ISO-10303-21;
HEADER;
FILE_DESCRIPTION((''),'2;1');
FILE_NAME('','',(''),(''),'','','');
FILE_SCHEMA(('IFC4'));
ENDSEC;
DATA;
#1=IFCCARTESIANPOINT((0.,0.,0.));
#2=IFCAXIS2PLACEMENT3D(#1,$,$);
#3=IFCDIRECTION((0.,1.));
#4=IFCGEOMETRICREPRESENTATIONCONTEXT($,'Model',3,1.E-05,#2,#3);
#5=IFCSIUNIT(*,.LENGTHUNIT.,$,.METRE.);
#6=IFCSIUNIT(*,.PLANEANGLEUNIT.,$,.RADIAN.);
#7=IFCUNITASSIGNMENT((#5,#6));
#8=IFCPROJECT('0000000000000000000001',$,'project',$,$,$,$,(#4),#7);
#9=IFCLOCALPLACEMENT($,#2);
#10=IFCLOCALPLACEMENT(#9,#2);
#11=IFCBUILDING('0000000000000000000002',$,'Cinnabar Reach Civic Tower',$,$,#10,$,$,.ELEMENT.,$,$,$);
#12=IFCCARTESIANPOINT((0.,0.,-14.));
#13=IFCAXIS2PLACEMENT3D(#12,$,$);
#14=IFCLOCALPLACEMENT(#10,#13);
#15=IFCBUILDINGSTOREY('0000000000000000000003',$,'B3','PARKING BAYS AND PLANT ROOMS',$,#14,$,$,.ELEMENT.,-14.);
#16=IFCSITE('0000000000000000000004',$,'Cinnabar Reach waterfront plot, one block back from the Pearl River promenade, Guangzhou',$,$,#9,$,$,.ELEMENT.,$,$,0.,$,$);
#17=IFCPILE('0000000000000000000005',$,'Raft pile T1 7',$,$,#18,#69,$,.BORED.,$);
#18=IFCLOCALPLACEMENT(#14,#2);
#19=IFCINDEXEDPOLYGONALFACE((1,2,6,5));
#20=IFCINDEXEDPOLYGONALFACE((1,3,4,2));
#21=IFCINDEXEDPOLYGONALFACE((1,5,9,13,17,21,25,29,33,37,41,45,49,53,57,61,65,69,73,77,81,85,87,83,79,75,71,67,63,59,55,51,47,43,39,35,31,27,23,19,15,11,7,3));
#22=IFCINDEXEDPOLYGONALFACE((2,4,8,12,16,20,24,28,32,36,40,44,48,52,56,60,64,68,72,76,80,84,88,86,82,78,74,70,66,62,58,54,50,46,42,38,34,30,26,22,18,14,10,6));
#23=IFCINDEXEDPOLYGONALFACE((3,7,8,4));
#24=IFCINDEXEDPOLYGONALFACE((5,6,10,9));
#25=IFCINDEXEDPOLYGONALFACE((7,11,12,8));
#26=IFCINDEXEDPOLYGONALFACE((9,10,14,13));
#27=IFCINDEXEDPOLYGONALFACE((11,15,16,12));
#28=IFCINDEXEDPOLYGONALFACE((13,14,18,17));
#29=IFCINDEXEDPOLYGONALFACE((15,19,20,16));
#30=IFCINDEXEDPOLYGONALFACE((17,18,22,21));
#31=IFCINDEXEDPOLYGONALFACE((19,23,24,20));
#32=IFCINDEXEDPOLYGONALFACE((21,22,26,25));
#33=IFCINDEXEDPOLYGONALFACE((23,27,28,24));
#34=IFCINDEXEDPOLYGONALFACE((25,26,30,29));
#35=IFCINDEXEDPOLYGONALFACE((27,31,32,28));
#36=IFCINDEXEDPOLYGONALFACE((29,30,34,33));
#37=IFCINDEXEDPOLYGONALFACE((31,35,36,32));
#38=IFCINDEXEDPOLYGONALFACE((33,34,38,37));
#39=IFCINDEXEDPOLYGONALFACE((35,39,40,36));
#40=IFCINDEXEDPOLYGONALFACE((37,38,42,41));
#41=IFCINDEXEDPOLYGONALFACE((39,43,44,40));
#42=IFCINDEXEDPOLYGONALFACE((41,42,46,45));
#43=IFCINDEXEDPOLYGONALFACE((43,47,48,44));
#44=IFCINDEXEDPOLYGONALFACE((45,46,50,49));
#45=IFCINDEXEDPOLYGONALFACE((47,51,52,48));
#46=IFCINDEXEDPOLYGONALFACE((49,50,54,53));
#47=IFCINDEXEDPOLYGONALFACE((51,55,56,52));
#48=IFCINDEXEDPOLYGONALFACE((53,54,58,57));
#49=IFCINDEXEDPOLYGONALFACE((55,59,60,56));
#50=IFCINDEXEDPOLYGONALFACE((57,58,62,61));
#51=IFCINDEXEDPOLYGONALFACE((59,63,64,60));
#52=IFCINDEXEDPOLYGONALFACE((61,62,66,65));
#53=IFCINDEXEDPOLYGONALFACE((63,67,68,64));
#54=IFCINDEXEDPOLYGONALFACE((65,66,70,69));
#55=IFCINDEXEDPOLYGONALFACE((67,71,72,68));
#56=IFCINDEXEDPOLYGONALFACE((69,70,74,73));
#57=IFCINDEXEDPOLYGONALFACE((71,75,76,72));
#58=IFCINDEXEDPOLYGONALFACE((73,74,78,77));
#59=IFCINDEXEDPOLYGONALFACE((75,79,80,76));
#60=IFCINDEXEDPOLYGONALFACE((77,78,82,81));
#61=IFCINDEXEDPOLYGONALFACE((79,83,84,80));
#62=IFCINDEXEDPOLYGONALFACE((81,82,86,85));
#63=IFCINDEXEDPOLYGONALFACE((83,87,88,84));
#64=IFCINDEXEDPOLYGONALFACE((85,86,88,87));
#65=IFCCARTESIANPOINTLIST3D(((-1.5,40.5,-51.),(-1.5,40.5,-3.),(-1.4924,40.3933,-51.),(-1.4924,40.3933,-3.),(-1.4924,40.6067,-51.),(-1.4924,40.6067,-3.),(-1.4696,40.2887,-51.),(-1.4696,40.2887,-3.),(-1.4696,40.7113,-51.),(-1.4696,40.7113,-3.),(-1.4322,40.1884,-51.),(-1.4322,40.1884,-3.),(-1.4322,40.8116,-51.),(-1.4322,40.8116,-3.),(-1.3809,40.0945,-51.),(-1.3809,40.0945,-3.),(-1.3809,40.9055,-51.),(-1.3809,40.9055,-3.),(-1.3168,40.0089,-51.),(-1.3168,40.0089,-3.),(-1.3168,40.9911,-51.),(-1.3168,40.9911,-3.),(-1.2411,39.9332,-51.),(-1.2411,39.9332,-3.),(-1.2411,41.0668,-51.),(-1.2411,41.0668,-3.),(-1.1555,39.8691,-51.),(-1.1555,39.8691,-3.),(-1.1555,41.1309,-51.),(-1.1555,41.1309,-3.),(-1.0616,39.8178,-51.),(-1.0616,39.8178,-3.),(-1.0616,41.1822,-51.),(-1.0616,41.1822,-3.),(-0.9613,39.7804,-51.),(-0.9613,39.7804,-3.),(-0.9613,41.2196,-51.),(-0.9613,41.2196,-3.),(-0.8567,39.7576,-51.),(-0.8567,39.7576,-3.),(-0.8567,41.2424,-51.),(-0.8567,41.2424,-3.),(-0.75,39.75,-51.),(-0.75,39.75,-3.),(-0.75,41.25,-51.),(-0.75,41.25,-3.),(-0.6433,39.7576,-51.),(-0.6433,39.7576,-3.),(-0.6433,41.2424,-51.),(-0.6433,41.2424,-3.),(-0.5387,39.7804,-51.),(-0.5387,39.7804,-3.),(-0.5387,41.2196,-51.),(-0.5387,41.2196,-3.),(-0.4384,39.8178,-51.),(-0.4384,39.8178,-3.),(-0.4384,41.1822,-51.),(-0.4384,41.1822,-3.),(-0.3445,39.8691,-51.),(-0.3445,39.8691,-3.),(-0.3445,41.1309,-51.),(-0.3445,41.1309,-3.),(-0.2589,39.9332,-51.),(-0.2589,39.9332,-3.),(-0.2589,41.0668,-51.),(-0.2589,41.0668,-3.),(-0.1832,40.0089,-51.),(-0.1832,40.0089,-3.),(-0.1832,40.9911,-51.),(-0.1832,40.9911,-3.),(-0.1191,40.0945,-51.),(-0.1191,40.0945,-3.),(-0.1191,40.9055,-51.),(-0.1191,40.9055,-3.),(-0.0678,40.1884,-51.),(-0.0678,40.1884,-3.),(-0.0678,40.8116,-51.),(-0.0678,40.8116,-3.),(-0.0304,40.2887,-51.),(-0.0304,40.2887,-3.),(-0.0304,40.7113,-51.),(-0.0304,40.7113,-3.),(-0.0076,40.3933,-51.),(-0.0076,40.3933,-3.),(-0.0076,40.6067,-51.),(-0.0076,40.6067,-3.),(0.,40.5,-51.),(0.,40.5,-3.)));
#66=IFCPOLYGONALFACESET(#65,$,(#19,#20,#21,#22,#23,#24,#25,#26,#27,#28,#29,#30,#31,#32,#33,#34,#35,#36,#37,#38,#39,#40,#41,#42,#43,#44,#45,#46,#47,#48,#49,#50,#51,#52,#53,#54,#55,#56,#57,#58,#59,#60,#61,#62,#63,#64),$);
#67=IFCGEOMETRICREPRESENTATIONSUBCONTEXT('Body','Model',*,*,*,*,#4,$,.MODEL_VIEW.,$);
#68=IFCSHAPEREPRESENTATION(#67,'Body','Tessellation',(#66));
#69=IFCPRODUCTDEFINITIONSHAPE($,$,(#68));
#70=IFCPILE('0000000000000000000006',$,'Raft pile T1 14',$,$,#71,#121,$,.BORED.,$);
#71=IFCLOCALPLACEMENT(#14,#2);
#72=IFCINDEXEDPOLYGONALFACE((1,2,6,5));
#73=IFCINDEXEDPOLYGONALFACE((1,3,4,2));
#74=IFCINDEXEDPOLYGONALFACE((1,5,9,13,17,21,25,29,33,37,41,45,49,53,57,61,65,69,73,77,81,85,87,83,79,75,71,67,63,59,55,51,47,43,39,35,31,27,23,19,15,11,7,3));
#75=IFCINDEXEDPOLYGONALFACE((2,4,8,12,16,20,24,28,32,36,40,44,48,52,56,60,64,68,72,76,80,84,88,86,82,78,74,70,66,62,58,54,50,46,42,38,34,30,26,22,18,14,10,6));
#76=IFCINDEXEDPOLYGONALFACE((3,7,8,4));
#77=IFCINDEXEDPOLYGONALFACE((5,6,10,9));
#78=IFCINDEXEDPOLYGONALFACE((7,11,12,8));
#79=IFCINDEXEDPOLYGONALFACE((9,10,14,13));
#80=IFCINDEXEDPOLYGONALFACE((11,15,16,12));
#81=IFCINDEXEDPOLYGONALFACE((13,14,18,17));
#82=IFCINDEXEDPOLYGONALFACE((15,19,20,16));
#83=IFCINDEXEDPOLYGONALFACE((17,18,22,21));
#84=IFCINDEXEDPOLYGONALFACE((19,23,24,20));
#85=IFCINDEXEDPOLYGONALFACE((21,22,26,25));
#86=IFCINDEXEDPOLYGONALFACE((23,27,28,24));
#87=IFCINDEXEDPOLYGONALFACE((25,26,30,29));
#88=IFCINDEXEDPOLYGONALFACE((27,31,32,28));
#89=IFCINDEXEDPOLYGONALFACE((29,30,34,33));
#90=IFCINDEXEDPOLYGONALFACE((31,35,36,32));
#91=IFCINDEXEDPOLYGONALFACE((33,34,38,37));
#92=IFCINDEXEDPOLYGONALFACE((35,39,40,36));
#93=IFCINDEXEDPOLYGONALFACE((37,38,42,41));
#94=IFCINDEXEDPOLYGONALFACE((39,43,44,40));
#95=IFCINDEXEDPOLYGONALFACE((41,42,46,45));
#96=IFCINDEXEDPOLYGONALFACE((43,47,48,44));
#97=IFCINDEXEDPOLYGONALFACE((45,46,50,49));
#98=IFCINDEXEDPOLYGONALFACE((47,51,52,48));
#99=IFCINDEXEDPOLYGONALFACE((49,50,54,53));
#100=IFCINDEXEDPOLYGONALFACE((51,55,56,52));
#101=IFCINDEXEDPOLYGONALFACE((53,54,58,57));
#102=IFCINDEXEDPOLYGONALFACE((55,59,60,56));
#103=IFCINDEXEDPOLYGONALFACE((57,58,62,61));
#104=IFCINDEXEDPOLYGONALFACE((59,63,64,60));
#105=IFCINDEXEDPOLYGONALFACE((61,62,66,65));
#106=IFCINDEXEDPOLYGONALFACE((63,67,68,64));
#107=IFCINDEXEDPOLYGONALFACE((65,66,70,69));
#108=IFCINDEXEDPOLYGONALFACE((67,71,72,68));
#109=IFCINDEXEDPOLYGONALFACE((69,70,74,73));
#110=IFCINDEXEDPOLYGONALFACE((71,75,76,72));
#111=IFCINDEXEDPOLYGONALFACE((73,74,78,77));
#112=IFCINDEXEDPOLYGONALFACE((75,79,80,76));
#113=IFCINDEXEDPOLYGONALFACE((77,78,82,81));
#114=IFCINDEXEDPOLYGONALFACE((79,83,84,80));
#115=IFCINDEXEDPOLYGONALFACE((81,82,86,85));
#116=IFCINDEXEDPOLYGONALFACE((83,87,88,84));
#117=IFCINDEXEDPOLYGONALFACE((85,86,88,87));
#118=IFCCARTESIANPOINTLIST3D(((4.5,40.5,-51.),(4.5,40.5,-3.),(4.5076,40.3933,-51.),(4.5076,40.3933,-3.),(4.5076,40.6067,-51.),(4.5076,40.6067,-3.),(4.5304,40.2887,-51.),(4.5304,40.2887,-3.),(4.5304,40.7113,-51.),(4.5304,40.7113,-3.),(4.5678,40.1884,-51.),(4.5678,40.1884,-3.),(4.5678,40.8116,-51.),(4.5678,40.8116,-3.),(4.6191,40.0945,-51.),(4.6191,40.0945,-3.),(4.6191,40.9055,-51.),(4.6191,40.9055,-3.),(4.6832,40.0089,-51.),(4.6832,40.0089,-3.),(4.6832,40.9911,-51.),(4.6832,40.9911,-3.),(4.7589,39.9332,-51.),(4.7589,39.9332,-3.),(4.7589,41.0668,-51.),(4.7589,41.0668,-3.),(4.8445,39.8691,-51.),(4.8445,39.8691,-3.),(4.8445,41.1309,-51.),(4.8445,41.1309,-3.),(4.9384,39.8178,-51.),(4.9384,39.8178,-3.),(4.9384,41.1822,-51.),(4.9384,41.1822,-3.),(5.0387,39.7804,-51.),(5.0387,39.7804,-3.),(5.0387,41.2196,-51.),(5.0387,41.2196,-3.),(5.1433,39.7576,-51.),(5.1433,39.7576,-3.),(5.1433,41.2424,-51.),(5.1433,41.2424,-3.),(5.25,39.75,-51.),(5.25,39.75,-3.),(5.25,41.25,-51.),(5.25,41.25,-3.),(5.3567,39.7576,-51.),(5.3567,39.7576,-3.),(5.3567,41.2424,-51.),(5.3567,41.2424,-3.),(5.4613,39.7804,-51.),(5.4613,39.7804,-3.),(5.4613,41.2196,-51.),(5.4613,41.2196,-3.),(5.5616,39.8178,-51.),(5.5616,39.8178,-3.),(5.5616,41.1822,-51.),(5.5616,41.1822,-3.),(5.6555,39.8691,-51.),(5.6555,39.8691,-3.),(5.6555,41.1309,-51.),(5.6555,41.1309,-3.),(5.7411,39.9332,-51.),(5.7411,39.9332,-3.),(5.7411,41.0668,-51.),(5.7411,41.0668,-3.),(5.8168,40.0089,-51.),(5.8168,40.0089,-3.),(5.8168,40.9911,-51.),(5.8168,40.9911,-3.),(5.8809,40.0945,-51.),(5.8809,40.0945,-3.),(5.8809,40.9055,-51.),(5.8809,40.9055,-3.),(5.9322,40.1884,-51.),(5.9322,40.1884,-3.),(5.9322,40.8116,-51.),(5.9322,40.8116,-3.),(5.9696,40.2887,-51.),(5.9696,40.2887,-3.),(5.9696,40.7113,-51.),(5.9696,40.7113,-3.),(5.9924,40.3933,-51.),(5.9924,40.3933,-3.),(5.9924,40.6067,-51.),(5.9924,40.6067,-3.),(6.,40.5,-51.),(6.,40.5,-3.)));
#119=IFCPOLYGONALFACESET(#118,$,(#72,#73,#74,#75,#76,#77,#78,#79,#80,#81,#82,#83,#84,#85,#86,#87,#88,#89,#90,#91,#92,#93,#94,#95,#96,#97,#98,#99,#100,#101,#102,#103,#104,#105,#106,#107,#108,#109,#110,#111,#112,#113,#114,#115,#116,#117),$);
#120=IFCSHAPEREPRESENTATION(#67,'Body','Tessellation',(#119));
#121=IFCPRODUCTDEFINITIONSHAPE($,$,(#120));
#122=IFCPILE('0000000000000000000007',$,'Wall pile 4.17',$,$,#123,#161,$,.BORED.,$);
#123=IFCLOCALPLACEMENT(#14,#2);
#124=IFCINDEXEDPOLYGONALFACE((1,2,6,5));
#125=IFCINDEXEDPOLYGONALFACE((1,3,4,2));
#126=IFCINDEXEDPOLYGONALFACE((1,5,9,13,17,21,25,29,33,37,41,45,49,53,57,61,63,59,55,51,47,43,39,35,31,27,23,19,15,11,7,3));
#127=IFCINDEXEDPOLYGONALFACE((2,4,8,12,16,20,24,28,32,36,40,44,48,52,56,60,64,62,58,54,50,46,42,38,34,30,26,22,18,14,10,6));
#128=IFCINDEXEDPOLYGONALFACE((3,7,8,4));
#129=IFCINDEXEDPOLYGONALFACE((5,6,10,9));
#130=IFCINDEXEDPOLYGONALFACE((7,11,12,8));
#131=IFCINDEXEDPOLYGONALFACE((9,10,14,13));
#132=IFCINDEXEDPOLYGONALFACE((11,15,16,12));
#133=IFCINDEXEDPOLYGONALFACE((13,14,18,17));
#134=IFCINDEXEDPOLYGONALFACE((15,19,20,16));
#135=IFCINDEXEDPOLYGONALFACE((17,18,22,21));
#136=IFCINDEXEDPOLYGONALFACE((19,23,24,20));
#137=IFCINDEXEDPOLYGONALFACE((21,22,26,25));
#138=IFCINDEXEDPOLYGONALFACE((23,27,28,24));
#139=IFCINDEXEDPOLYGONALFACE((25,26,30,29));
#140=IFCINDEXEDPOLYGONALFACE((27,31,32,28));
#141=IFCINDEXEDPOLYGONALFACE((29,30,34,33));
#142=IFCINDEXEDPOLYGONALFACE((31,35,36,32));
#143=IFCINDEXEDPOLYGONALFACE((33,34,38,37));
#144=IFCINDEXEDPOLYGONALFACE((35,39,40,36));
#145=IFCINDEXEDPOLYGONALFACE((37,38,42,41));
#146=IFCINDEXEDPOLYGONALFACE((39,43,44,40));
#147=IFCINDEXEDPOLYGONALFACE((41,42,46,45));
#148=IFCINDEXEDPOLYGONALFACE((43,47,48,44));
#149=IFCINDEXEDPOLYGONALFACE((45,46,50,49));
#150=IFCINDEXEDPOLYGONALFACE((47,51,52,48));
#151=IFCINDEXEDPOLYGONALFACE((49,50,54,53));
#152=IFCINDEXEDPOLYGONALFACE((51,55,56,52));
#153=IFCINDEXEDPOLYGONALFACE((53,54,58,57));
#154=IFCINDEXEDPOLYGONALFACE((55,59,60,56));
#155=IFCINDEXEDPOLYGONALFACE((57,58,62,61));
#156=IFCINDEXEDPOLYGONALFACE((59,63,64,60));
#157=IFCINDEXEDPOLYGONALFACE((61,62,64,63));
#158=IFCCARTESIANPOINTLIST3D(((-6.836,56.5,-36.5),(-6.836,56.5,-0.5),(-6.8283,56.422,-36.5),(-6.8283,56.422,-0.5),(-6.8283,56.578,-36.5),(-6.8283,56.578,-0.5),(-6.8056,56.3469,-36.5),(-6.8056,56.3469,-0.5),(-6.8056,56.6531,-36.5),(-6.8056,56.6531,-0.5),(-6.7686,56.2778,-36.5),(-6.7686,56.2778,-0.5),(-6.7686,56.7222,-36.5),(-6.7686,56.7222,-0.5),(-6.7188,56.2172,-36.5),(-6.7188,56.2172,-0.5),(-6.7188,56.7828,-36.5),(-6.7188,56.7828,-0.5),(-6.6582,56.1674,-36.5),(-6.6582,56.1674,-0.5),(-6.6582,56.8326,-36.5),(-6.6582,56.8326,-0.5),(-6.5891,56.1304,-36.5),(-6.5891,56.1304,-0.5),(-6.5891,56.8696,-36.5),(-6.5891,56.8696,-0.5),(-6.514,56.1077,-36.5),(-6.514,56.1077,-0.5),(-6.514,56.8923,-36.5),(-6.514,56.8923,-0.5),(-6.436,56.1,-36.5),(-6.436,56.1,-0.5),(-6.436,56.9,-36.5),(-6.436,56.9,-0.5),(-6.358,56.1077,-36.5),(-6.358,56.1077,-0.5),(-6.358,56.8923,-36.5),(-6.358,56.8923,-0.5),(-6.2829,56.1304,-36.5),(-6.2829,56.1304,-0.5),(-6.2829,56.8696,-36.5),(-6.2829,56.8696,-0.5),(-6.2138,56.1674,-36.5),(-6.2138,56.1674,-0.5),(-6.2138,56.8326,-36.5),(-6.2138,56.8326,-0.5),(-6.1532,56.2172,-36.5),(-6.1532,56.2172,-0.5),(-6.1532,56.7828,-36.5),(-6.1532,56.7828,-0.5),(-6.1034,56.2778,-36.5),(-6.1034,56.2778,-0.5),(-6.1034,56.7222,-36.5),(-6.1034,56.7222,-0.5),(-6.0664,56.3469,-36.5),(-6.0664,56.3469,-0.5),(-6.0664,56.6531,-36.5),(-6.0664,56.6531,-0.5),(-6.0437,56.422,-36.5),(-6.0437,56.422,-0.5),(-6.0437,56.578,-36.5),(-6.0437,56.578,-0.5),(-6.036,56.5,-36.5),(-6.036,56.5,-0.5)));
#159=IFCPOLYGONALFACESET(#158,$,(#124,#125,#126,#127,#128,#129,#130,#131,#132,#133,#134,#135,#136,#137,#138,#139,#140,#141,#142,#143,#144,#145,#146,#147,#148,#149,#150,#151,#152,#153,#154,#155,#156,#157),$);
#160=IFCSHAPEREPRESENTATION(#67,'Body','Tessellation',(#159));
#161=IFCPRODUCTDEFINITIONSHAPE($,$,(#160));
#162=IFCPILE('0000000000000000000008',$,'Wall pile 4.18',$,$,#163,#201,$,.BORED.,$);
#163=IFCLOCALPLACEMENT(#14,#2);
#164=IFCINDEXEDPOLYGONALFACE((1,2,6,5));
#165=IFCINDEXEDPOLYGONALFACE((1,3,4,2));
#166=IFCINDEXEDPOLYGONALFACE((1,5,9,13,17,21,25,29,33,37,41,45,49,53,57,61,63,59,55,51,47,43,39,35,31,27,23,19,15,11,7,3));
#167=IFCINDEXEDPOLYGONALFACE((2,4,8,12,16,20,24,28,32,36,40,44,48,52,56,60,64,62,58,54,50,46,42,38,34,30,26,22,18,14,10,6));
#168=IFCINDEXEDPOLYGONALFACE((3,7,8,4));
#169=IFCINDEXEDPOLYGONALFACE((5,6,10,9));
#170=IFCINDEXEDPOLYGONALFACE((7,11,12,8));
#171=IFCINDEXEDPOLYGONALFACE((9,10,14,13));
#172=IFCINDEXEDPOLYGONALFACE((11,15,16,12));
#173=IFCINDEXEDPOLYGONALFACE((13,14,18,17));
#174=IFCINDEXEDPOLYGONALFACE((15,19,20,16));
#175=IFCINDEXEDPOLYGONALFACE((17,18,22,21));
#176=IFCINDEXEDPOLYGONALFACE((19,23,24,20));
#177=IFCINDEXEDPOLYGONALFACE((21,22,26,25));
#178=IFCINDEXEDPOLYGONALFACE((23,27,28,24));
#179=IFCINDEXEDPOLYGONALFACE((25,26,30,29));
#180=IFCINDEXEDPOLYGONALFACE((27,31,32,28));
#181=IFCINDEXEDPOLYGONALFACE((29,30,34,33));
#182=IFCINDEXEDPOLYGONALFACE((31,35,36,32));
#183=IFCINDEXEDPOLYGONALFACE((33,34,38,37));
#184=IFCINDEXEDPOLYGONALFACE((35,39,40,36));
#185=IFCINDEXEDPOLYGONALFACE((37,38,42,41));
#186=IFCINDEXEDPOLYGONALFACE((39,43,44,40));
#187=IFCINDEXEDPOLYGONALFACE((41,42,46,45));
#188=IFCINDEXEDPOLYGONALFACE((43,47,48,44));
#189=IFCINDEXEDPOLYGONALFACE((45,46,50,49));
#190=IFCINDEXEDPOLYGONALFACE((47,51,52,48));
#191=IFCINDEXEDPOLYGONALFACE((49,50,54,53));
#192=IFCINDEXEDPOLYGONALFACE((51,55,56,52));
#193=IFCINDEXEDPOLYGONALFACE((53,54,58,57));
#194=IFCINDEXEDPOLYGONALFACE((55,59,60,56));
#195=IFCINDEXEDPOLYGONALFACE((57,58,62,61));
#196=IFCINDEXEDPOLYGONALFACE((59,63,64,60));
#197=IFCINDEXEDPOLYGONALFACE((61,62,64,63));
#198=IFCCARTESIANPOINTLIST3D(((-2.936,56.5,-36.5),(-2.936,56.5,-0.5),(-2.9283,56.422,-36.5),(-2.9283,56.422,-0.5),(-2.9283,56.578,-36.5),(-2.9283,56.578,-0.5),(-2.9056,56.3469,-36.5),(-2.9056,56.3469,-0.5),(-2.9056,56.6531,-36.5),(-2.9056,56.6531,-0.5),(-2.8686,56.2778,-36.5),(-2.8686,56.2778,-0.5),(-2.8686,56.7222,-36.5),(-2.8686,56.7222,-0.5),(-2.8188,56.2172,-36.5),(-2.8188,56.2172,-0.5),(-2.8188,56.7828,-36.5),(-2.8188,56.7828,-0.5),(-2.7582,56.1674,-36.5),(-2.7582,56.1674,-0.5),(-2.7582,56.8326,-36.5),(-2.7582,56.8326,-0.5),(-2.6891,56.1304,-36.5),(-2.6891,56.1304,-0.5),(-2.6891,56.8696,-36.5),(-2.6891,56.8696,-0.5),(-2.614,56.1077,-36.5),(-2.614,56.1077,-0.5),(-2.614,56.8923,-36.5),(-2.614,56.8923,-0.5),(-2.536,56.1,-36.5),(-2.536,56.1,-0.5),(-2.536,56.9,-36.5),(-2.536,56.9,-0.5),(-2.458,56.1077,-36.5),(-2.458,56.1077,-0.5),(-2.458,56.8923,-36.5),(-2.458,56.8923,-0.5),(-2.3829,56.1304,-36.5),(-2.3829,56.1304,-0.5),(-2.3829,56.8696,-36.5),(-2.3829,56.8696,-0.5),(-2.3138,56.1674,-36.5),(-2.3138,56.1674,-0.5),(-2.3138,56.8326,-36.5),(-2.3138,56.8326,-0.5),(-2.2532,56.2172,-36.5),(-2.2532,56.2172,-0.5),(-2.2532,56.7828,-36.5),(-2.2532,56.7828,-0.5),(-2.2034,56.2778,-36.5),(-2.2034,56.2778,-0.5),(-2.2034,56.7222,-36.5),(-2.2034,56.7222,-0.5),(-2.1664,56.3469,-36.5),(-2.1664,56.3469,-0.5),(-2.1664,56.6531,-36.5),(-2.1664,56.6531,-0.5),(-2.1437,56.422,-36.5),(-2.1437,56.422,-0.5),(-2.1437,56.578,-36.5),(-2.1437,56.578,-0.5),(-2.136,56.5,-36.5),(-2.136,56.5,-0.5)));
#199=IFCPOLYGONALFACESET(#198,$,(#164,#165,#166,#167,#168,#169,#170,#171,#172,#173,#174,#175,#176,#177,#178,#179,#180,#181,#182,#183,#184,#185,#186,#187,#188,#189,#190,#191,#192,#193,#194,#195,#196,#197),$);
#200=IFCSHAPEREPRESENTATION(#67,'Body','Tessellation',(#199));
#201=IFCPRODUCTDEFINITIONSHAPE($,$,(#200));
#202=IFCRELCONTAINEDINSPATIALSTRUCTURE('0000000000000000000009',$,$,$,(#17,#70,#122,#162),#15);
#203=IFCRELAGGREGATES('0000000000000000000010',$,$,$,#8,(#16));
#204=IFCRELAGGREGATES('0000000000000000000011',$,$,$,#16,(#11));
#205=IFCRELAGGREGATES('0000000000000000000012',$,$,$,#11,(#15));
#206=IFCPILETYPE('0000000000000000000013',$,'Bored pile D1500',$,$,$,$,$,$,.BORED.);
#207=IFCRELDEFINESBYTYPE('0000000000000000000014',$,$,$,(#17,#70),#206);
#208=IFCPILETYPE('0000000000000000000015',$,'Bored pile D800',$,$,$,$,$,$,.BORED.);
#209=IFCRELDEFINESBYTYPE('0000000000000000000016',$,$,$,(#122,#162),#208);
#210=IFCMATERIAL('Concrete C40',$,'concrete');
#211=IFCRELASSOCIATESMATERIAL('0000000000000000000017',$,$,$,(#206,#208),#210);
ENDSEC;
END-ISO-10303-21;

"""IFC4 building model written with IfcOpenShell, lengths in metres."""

from ifc_helpers import new_model, si_unit, direction, frame, origin, origin_2d, place, context, subcontext, project, spatial, circle, extrude, material, type_object, element, save


model = new_model("IFC4")

# Units and contexts
model_context = context("Model", 3, precision=1e-05, world=origin(), true_north=direction((0.0, 1.0)))
body_context = subcontext(model_context, "Body", "Model", "MODEL_VIEW")
ifc_project = project(units=[si_unit("LENGTHUNIT", "METRE"), si_unit("PLANEANGLEUNIT", "RADIAN")], contexts=[model_context])

# Site, building, storey
site_placement = place(None, origin())
site = spatial("IfcSite", under=ifc_project, at=site_placement, Name="Cinnabar Reach waterfront plot, one block back from the Pearl River promenade, Guangzhou", CompositionType="ELEMENT", RefElevation=0.0)
building_placement = place(site_placement, origin())
building = spatial("IfcBuilding", under=site, at=building_placement, Name="Cinnabar Reach Civic Tower", CompositionType="ELEMENT")
storey_placement = place(building_placement, frame((0.0, 0.0, -14.0)))
storey = spatial("IfcBuildingStorey", under=building, at=storey_placement, Name="B3", Description="PARKING BAYS AND PLANT ROOMS", CompositionType="ELEMENT", Elevation=-14.0)

# Piles
ifc_material_1 = material(Name="Concrete C40", Category="concrete")
pile_type_1 = type_object("IfcPileType", Name="Bored pile D1500", PredefinedType="BORED", material=ifc_material_1)
for number, where, z_axis, x_axis, name in (
    (1, (-0.75, 40.5, -3.0), (0.0, 0.0, -1.0), (1.0, 0.0, 0.0), "Raft pile T1 7"),
    (2, (5.25, 40.5, -3.0), (0.0, 0.0, -1.0), (1.0, 0.0, 0.0), "Raft pile T1 14"),
):
    element("IfcPile", number, at=place(storey_placement, frame(where, z_axis=z_axis, x_axis=x_axis)), inside=storey, type_object=pile_type_1, Name=name, PredefinedType="BORED", context=body_context, shape_type="SweptSolid", body=[
        extrude(circle(Radius=0.75, at=origin_2d()), origin(), (0.0, 0.0, 1.0), 48.0),
    ])
pile_type_2 = type_object("IfcPileType", Name="Bored pile D800", PredefinedType="BORED", material=ifc_material_1)
for number, where, z_axis, x_axis, name in (
    (3, (-6.436, 56.5, -0.5), (0.0, 0.0, -1.0), (1.0, 0.0, 0.0), "Wall pile 4.17"),
    (4, (-2.536, 56.5, -0.5), (0.0, 0.0, -1.0), (1.0, 0.0, 0.0), "Wall pile 4.18"),
):
    element("IfcPile", number, at=place(storey_placement, frame(where, z_axis=z_axis, x_axis=x_axis)), inside=storey, type_object=pile_type_2, Name=name, PredefinedType="BORED", context=body_context, shape_type="SweptSolid", body=[
        extrude(circle(Radius=0.4, at=origin_2d()), origin(), (0.0, 0.0, 1.0), 36.0),
    ])

save(model, "model.ifc")
